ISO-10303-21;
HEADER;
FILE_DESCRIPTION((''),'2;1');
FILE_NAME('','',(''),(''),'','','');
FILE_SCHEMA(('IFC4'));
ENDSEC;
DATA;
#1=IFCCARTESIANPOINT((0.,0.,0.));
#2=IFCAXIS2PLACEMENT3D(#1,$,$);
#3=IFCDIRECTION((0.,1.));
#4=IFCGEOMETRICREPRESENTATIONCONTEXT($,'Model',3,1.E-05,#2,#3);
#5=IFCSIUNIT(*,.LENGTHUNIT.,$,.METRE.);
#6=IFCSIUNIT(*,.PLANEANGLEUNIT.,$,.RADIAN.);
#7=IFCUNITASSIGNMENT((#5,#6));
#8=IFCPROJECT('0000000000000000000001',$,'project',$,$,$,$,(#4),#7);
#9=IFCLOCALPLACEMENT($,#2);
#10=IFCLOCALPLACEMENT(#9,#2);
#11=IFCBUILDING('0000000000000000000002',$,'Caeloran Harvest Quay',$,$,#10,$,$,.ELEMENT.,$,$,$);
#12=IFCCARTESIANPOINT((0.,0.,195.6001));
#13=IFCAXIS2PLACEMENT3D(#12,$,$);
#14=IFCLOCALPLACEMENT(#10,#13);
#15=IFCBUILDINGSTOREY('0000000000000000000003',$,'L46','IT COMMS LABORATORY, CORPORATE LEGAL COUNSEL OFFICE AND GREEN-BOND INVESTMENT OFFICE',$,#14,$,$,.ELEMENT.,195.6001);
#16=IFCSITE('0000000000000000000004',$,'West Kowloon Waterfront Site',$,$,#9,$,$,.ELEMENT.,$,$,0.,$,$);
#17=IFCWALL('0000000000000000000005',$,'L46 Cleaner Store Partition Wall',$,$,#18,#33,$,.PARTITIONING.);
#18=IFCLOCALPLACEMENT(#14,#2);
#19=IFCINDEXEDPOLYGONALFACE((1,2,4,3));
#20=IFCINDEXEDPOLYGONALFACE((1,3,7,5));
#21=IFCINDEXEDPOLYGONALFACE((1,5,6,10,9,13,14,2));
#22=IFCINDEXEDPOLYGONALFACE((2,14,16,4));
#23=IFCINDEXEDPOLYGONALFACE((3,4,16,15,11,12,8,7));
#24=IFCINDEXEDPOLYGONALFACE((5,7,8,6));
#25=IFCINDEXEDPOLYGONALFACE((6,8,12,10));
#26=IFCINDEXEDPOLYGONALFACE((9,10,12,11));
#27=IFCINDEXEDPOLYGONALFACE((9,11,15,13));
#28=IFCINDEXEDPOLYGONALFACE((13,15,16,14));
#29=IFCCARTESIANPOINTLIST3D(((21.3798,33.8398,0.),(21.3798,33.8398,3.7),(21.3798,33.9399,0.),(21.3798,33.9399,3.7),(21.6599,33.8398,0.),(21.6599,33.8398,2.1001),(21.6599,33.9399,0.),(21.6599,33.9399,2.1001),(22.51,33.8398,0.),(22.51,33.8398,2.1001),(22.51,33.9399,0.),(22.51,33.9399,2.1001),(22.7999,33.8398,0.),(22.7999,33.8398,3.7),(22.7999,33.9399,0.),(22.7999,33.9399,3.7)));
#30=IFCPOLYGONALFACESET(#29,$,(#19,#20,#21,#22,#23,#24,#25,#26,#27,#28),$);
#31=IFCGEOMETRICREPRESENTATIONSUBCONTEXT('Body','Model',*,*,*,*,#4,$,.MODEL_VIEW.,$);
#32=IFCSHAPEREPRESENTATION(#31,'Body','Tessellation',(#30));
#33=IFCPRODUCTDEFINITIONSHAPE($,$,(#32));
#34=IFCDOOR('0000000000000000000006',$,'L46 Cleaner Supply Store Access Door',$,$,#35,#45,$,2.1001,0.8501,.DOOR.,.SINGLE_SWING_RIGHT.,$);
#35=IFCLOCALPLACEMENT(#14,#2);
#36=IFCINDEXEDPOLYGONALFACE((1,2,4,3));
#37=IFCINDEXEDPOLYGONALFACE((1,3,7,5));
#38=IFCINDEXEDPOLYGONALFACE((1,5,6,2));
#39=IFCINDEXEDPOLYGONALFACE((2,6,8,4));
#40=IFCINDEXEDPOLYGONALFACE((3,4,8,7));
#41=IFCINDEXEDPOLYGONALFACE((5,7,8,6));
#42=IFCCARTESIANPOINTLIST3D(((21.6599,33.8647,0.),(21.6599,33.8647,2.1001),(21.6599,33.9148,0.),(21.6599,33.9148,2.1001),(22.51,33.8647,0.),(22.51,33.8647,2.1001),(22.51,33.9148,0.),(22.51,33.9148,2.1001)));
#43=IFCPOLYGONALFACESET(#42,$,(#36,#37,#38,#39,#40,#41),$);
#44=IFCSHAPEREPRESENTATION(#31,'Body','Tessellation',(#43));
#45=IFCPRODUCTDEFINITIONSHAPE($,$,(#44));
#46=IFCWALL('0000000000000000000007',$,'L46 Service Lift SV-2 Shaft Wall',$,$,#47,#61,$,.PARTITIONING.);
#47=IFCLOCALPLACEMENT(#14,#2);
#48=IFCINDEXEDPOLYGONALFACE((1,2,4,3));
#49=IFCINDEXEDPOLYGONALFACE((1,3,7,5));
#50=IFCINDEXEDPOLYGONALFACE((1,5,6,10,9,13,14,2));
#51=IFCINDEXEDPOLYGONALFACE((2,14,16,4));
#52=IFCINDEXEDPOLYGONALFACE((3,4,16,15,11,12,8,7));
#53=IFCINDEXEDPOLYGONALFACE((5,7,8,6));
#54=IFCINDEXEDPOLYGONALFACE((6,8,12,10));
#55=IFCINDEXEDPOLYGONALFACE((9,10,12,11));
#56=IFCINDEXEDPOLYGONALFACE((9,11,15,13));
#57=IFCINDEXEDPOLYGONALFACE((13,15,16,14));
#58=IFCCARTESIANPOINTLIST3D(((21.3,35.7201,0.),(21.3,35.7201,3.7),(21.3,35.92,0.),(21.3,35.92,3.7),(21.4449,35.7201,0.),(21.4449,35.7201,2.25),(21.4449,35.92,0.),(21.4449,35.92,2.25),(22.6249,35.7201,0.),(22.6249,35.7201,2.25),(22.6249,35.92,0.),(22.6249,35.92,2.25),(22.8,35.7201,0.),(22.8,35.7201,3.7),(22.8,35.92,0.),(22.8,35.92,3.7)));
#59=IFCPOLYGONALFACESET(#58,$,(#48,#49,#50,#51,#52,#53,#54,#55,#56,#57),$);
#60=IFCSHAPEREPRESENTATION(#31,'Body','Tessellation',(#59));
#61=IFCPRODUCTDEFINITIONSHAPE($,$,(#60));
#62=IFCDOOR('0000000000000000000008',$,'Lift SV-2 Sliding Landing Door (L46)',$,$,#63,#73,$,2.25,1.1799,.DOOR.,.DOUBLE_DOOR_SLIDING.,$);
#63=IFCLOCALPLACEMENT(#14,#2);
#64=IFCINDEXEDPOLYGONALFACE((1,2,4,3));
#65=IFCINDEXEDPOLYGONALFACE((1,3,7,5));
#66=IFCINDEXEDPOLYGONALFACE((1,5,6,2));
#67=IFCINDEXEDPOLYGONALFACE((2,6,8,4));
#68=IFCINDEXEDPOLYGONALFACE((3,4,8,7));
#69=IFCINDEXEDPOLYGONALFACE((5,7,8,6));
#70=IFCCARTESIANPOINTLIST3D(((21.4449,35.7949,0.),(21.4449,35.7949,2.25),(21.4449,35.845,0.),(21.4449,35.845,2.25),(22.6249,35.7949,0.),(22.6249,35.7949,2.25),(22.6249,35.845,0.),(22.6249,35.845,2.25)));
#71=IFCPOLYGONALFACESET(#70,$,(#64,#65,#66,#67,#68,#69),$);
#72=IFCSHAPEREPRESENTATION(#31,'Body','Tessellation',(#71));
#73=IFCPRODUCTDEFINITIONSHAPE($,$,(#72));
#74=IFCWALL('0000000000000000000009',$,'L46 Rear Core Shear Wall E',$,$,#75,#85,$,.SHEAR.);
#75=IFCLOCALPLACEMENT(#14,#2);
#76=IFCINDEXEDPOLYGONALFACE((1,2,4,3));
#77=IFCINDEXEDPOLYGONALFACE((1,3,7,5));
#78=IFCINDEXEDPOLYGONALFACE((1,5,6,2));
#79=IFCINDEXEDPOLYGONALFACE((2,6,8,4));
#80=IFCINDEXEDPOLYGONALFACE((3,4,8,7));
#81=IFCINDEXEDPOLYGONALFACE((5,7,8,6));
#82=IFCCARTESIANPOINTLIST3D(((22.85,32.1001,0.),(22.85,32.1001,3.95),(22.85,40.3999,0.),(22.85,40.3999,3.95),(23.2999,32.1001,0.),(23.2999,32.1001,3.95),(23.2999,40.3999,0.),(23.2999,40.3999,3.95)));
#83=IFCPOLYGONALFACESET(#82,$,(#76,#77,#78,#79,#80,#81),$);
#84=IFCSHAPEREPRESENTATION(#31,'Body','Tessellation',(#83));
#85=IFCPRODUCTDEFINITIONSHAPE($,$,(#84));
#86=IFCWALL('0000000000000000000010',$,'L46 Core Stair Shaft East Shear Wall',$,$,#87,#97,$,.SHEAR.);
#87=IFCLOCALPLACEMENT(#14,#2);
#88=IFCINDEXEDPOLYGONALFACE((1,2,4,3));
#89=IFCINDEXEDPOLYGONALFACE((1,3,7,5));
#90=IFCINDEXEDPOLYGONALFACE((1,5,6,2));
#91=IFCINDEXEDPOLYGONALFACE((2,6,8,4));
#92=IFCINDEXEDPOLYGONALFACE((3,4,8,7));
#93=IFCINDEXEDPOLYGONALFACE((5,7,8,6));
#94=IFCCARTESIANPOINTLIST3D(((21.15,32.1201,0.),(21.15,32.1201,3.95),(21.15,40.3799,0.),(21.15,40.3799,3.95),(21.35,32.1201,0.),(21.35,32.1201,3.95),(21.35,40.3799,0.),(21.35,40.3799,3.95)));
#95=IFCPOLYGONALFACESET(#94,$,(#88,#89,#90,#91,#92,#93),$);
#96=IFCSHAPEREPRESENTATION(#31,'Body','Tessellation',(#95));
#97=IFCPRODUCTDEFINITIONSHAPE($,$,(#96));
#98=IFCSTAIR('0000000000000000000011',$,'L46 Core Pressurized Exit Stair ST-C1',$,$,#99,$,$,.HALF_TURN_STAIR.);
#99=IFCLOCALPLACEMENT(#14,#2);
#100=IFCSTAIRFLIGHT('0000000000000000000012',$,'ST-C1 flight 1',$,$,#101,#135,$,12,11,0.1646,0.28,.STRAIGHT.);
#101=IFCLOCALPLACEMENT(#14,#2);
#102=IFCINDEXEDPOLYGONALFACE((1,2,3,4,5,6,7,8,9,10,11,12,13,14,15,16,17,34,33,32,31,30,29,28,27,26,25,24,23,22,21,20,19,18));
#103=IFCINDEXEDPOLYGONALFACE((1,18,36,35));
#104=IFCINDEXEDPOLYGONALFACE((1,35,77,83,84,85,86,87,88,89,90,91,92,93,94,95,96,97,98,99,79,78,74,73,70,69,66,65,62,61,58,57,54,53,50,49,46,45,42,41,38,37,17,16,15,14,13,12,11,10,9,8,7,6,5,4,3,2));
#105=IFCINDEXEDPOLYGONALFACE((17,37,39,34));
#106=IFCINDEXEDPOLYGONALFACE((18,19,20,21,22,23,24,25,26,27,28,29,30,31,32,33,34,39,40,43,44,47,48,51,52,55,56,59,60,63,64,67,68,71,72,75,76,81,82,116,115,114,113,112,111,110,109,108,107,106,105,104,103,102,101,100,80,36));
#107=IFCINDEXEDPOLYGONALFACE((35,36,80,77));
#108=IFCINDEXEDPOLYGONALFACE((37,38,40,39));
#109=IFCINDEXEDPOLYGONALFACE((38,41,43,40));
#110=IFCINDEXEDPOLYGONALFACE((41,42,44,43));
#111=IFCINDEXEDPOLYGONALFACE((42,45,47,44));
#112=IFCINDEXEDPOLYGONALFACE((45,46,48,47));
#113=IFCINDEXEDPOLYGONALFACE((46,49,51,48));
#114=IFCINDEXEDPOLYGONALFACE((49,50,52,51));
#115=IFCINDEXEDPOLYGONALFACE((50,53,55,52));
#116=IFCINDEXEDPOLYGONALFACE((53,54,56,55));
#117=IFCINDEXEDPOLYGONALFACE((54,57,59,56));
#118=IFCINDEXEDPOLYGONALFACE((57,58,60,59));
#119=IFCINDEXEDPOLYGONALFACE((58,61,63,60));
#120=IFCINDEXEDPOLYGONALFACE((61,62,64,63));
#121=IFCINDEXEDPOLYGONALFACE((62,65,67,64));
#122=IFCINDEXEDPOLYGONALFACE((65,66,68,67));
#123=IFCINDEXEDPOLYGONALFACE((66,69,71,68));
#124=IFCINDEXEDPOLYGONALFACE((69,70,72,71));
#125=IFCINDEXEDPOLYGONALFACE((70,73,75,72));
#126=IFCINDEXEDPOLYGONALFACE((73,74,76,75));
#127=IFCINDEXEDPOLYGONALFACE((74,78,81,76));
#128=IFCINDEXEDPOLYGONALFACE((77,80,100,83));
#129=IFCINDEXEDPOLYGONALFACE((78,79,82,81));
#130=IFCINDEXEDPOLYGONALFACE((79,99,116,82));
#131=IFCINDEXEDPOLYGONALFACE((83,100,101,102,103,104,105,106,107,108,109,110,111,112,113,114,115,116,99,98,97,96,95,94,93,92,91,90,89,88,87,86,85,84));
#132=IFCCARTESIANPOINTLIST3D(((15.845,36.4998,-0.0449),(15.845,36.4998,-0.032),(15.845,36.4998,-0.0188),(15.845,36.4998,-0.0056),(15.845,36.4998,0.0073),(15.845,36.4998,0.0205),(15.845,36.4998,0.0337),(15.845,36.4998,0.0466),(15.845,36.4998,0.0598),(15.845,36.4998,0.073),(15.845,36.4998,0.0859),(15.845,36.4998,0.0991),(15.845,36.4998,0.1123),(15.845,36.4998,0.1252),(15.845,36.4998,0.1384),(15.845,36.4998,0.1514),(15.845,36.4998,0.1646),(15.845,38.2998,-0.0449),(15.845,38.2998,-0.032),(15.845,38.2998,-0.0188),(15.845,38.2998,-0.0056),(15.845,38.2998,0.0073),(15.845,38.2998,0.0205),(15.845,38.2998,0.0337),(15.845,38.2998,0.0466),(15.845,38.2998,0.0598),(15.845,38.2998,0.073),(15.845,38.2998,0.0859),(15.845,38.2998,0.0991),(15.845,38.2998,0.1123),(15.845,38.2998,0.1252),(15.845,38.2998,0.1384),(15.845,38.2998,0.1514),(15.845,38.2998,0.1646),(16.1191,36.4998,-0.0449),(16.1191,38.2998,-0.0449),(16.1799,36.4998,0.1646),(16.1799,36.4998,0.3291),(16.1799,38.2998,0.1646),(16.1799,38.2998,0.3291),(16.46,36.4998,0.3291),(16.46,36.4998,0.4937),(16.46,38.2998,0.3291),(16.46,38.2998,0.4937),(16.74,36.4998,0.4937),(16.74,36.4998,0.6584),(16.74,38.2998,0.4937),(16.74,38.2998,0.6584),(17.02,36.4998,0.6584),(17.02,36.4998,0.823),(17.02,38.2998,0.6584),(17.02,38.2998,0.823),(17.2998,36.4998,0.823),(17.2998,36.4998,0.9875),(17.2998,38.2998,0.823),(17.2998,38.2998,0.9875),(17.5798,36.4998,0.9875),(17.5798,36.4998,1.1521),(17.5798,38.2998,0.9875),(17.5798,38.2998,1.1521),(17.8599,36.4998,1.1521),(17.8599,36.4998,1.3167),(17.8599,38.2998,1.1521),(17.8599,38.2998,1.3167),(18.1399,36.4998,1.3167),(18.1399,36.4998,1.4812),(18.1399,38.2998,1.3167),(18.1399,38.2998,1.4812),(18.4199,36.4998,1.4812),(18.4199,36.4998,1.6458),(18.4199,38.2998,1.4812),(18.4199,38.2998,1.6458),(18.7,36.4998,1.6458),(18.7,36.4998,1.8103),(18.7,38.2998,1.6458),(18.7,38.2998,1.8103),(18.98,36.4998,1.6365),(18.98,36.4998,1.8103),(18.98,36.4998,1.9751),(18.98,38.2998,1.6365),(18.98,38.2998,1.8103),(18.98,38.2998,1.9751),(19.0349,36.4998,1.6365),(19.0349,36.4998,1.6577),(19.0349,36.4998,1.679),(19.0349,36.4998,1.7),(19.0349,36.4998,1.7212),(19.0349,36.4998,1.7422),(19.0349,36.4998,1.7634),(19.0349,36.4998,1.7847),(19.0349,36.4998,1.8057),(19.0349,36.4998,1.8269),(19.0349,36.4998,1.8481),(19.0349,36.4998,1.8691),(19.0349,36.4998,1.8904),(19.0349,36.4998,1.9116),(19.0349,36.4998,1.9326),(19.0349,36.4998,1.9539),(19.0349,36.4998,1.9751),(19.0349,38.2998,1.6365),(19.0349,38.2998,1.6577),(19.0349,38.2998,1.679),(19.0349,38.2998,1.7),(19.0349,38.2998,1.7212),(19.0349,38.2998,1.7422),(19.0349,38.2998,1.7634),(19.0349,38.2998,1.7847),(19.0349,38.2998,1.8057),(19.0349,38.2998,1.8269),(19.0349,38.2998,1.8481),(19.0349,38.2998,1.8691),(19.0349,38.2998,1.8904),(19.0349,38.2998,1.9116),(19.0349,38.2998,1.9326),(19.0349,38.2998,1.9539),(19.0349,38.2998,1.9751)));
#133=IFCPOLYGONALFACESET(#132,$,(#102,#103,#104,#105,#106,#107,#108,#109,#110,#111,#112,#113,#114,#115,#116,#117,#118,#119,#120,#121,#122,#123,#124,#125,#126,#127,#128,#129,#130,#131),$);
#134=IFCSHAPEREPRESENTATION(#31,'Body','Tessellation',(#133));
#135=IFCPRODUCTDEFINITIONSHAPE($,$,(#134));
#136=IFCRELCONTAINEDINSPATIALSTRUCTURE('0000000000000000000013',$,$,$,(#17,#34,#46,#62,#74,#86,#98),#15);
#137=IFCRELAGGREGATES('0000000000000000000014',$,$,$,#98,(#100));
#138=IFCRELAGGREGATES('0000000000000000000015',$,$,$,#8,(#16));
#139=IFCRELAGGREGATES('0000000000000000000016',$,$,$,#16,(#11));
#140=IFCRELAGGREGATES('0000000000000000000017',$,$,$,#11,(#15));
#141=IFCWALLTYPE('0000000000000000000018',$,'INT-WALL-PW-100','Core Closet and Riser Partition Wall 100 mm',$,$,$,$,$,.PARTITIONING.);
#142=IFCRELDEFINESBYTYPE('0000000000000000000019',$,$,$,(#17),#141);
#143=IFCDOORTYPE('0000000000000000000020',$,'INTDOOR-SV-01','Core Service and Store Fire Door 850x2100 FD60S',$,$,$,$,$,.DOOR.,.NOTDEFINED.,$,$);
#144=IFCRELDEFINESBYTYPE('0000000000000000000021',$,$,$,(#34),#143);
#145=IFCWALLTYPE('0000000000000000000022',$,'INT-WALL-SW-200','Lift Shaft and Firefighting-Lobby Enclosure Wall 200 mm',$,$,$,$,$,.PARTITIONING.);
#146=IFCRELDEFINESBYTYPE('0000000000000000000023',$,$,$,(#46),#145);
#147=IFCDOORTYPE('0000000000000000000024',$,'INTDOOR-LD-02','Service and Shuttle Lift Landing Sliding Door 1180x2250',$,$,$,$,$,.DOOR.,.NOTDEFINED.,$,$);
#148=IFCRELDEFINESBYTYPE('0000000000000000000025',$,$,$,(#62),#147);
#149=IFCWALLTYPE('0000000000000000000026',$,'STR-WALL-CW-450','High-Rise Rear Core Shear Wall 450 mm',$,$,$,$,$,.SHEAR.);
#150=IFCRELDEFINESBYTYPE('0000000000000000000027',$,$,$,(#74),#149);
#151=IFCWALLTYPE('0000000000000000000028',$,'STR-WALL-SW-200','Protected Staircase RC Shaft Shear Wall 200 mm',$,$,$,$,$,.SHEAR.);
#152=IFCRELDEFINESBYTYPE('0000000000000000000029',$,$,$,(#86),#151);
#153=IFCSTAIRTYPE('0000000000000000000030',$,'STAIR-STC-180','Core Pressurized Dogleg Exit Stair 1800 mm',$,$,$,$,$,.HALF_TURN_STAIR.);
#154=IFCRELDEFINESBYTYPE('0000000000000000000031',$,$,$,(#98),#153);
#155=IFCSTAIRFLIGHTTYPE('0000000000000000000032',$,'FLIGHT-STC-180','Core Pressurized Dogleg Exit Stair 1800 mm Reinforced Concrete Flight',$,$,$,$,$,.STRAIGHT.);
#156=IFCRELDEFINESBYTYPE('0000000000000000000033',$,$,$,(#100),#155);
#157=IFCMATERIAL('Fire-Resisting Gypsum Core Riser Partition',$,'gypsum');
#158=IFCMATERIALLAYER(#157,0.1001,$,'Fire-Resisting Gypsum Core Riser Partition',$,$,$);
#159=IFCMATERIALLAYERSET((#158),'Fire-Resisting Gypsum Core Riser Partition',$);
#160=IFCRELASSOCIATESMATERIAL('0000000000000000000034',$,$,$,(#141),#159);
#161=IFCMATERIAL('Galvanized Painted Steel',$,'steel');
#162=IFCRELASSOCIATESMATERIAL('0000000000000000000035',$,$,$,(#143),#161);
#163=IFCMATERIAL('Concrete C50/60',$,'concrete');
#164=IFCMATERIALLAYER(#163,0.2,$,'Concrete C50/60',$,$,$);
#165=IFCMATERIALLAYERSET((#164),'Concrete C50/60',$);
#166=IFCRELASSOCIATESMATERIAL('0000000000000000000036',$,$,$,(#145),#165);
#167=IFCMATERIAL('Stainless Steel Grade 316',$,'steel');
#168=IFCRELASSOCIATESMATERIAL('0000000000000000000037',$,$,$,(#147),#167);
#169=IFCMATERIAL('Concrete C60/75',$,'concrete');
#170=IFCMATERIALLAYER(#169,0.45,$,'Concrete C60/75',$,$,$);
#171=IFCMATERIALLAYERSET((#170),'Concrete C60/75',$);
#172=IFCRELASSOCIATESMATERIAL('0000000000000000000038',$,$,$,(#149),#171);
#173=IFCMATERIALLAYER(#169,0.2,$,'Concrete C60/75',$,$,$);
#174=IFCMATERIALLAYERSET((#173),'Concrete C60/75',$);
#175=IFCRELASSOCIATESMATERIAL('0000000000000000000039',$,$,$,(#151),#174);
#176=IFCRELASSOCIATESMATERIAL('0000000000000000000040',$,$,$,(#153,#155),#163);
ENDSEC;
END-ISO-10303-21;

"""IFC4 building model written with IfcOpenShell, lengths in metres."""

from ifc_helpers import new_model, si_unit, direction, frame, frame_2d, origin, place, context, subcontext, project, spatial, polyline, rectangle, outline, extrude, material, layer, layer_set, type_object, element, fill, aggregate, save


model = new_model("IFC4")

# Units and contexts
model_context = context("Model", 3, precision=1e-05, world=origin(), true_north=direction((0.0, 1.0)))
body_context = subcontext(model_context, "Body", "Model", "MODEL_VIEW")
ifc_project = project(units=[si_unit("LENGTHUNIT", "METRE"), si_unit("PLANEANGLEUNIT", "RADIAN")], contexts=[model_context])

# Site, building, storey
site_placement = place(None, origin())
site = spatial("IfcSite", under=ifc_project, at=site_placement, Name="West Kowloon Waterfront Site", CompositionType="ELEMENT", RefElevation=0.0)
building_placement = place(site_placement, origin())
building = spatial("IfcBuilding", under=site, at=building_placement, Name="Caeloran Harvest Quay", CompositionType="ELEMENT")
storey_placement = place(building_placement, frame((0.0, 0.0, 195.6001)))
storey = spatial("IfcBuildingStorey", under=building, at=storey_placement, Name="L46", Description="IT COMMS LABORATORY, CORPORATE LEGAL COUNSEL OFFICE AND GREEN-BOND INVESTMENT OFFICE", CompositionType="ELEMENT", Elevation=195.6001)

# Walls, openings, doors
ifc_material_1 = material(Name="Fire-Resisting Gypsum Core Riser Partition", Category="gypsum")
ifc_layer_1 = layer(ifc_material_1, 0.1001, Name="Fire-Resisting Gypsum Core Riser Partition")
ifc_layer_set_1 = layer_set([ifc_layer_1], Name="Fire-Resisting Gypsum Core Riser Partition")
wall_type_1 = type_object("IfcWallType", Name="INT-WALL-PW-100", Description="Core Closet and Riser Partition Wall 100 mm", PredefinedType="PARTITIONING", material=ifc_layer_set_1)
wall_1_placement = place(storey_placement, frame((21.3799, 33.8899, 0.0), z_axis=(0.0, 0.0, 1.0), x_axis=(1.0, 0.0, 0.0)))
wall_1 = element("IfcWall", 1, at=wall_1_placement, inside=storey, type_object=wall_type_1, Name="L46 Cleaner Store Partition Wall", PredefinedType="PARTITIONING", context=body_context, shape_type="SweptSolid", body=[
    extrude(rectangle(XDim=1.4202, YDim=0.1001, at=frame_2d((0.71, 0.0))), origin(), (0.0, 0.0, 1.0), 3.7),
])
opening_1_placement = place(wall_1_placement, frame((0.28, 0.0, 0.0)))
opening_1 = element("IfcOpeningElement", 2, at=opening_1_placement, cuts=wall_1, PredefinedType="OPENING", context=body_context, shape_type="SweptSolid", body=[
    extrude(rectangle(XDim=0.8501, YDim=2.1001, at=frame_2d((0.425, 1.05))), frame((0.0, 0.0601, 0.0), z_axis=(0.0, -1.0, 0.0), x_axis=(1.0, 0.0, 0.0)), (0.0, 0.0, 1.0), 0.1201),
])
ifc_material_2 = material(Name="Galvanized Painted Steel", Category="steel")
door_type_1 = type_object("IfcDoorType", Name="INTDOOR-SV-01", Description="Core Service and Store Fire Door 850x2100 FD60S", OperationType="NOTDEFINED", PredefinedType="DOOR", material=ifc_material_2)
door_1_placement = place(opening_1_placement, origin())
door_1 = element("IfcDoor", 3, at=door_1_placement, inside=storey, type_object=door_type_1, Name="L46 Cleaner Supply Store Access Door", OperationType="SINGLE_SWING_RIGHT", OverallHeight=2.1001, OverallWidth=0.8501, PredefinedType="DOOR", context=body_context, shape_type="SweptSolid", body=[
    extrude(rectangle(XDim=0.8501, YDim=2.1001, at=frame_2d((0.425, 1.05))), frame((0.0, 0.0249, 0.0), z_axis=(0.0, -1.0, 0.0), x_axis=(1.0, 0.0, 0.0)), (0.0, 0.0, 1.0), 0.05),
])
fill(opening_1, door_1)
ifc_material_3 = material(Name="Concrete C50/60", Category="concrete")
ifc_layer_2 = layer(ifc_material_3, 0.2, Name="Concrete C50/60")
ifc_layer_set_2 = layer_set([ifc_layer_2], Name="Concrete C50/60")
wall_type_2 = type_object("IfcWallType", Name="INT-WALL-SW-200", Description="Lift Shaft and Firefighting-Lobby Enclosure Wall 200 mm", PredefinedType="PARTITIONING", material=ifc_layer_set_2)
wall_2_placement = place(storey_placement, frame((21.3, 35.8201, 0.0), z_axis=(0.0, 0.0, 1.0), x_axis=(1.0, 0.0, 0.0)))
wall_2 = element("IfcWall", 4, at=wall_2_placement, inside=storey, type_object=wall_type_2, Name="L46 Service Lift SV-2 Shaft Wall", PredefinedType="PARTITIONING", context=body_context, shape_type="SweptSolid", body=[
    extrude(rectangle(XDim=1.5, YDim=0.2, at=frame_2d((0.75, 0.0))), origin(), (0.0, 0.0, 1.0), 3.7),
])
opening_2_placement = place(wall_2_placement, frame((0.145, 0.0, 0.0)))
opening_2 = element("IfcOpeningElement", 5, at=opening_2_placement, cuts=wall_2, PredefinedType="OPENING", context=body_context, shape_type="SweptSolid", body=[
    extrude(rectangle(XDim=1.1799, YDim=2.25, at=frame_2d((0.5898, 1.125))), frame((0.0, 0.1099, 0.0), z_axis=(0.0, -1.0, 0.0), x_axis=(1.0, 0.0, 0.0)), (0.0, 0.0, 1.0), 0.22),
])
ifc_material_4 = material(Name="Stainless Steel Grade 316", Category="steel")
door_type_2 = type_object("IfcDoorType", Name="INTDOOR-LD-02", Description="Service and Shuttle Lift Landing Sliding Door 1180x2250", OperationType="NOTDEFINED", PredefinedType="DOOR", material=ifc_material_4)
door_2_placement = place(opening_2_placement, origin())
door_2 = element("IfcDoor", 6, at=door_2_placement, inside=storey, type_object=door_type_2, Name="Lift SV-2 Sliding Landing Door (L46)", OperationType="DOUBLE_DOOR_SLIDING", OverallHeight=2.25, OverallWidth=1.1799, PredefinedType="DOOR", context=body_context, shape_type="SweptSolid", body=[
    extrude(rectangle(XDim=1.1799, YDim=2.25, at=frame_2d((0.5898, 1.125))), frame((0.0, 0.0249, 0.0), z_axis=(0.0, -1.0, 0.0), x_axis=(1.0, 0.0, 0.0)), (0.0, 0.0, 1.0), 0.05),
])
fill(opening_2, door_2)

# Walls
ifc_material_5 = material(Name="Concrete C60/75", Category="concrete")
ifc_layer_3 = layer(ifc_material_5, 0.45, Name="Concrete C60/75")
ifc_layer_set_3 = layer_set([ifc_layer_3], Name="Concrete C60/75")
wall_type_3 = type_object("IfcWallType", Name="STR-WALL-CW-450", Description="High-Rise Rear Core Shear Wall 450 mm", PredefinedType="SHEAR", material=ifc_layer_set_3)
wall_3_placement = place(storey_placement, frame((23.075, 32.1001, 0.0), z_axis=(0.0, 0.0, 1.0), x_axis=(0.0, 1.0, 0.0)))
element("IfcWall", 7, at=wall_3_placement, inside=storey, type_object=wall_type_3, Name="L46 Rear Core Shear Wall E", PredefinedType="SHEAR", context=body_context, shape_type="SweptSolid", body=[
    extrude(rectangle(XDim=8.2998, YDim=0.45, at=frame_2d((4.1499, 0.0))), origin(), (0.0, 0.0, 1.0), 3.95),
])
ifc_layer_4 = layer(ifc_material_5, 0.2, Name="Concrete C60/75")
ifc_layer_set_4 = layer_set([ifc_layer_4], Name="Concrete C60/75")
wall_type_4 = type_object("IfcWallType", Name="STR-WALL-SW-200", Description="Protected Staircase RC Shaft Shear Wall 200 mm", PredefinedType="SHEAR", material=ifc_layer_set_4)
wall_4_placement = place(storey_placement, frame((21.25, 32.1201, 0.0), z_axis=(0.0, 0.0, 1.0), x_axis=(0.0, 1.0, 0.0)))
element("IfcWall", 8, at=wall_4_placement, inside=storey, type_object=wall_type_4, Name="L46 Core Stair Shaft East Shear Wall", PredefinedType="SHEAR", context=body_context, shape_type="SweptSolid", body=[
    extrude(rectangle(XDim=8.2598, YDim=0.2, at=frame_2d((4.1299, 0.0))), origin(), (0.0, 0.0, 1.0), 3.95),
])

# Stair, stair flight
stair_type = type_object("IfcStairType", Name="STAIR-STC-180", Description="Core Pressurized Dogleg Exit Stair 1800 mm", PredefinedType="HALF_TURN_STAIR", material=ifc_material_3)
stair_1_placement = place(storey_placement, origin())
stair_1 = element("IfcStair", 9, at=stair_1_placement, inside=storey, type_object=stair_type, Name="L46 Core Pressurized Exit Stair ST-C1", PredefinedType="HALF_TURN_STAIR")
stair_flight_type = type_object("IfcStairFlightType", Name="FLIGHT-STC-180", Description="Core Pressurized Dogleg Exit Stair 1800 mm Reinforced Concrete Flight", PredefinedType="STRAIGHT", material=ifc_material_3)
stair_flight_1_placement = place(storey_placement, frame((15.8999, 37.3999, 0.0), z_axis=(0.0, 0.0, 1.0), x_axis=(1.0, 0.0, 0.0)))
stair_flight_1 = element("IfcStairFlight", 10, at=stair_flight_1_placement, type_object=stair_flight_type, Name="ST-C1 flight 1", NumberOfRisers=12, NumberOfTreads=11, PredefinedType="STRAIGHT", RiserHeight=0.1646, TreadLength=0.28, context=body_context, shape_type="SweptSolid", body=[
    extrude(outline(polyline([(-0.0549, -0.0449), (-0.0549, -0.032), (-0.0549, -0.0188), (-0.0549, -0.0056), (-0.0549, 0.0073), (-0.0549, 0.0205), (-0.0549, 0.0337), (-0.0549, 0.0466), (-0.0549, 0.0598), (-0.0549, 0.073), (-0.0549, 0.0859), (-0.0549, 0.0991), (-0.0549, 0.1123), (-0.0549, 0.1252), (-0.0549, 0.1384), (-0.0549, 0.1514), (-0.0549, 0.1646), (0.28, 0.1646), (0.28, 0.3291), (0.5601, 0.3291), (0.5601, 0.4937), (0.8401, 0.4937), (0.8401, 0.6584), (1.1201, 0.6584), (1.1201, 0.823), (1.3999, 0.823), (1.3999, 0.9875), (1.6799, 0.9875), (1.6799, 1.1521), (1.96, 1.1521), (1.96, 1.3167), (2.24, 1.3167), (2.24, 1.4812), (2.52, 1.4812), (2.52, 1.6458), (2.8, 1.6458), (2.8, 1.8103), (3.0801, 1.8103), (3.0801, 1.9751), (3.135, 1.9751), (3.135, 1.9539), (3.135, 1.9326), (3.135, 1.9116), (3.135, 1.8904), (3.135, 1.8691), (3.135, 1.8481), (3.135, 1.8269), (3.135, 1.8057), (3.135, 1.7847), (3.135, 1.7634), (3.135, 1.7422), (3.135, 1.7212), (3.135, 1.7), (3.135, 1.679), (3.135, 1.6577), (3.135, 1.6365), (3.0801, 1.6365), (0.2192, -0.0449), (-0.0549, -0.0449)])), frame((0.0, 0.8999, 0.0), z_axis=(0.0, -1.0, 0.0), x_axis=(1.0, 0.0, 0.0)), (0.0, 0.0, 1.0), 1.8),
])
aggregate(stair_1, [stair_flight_1])

save(model, "model.ifc")
